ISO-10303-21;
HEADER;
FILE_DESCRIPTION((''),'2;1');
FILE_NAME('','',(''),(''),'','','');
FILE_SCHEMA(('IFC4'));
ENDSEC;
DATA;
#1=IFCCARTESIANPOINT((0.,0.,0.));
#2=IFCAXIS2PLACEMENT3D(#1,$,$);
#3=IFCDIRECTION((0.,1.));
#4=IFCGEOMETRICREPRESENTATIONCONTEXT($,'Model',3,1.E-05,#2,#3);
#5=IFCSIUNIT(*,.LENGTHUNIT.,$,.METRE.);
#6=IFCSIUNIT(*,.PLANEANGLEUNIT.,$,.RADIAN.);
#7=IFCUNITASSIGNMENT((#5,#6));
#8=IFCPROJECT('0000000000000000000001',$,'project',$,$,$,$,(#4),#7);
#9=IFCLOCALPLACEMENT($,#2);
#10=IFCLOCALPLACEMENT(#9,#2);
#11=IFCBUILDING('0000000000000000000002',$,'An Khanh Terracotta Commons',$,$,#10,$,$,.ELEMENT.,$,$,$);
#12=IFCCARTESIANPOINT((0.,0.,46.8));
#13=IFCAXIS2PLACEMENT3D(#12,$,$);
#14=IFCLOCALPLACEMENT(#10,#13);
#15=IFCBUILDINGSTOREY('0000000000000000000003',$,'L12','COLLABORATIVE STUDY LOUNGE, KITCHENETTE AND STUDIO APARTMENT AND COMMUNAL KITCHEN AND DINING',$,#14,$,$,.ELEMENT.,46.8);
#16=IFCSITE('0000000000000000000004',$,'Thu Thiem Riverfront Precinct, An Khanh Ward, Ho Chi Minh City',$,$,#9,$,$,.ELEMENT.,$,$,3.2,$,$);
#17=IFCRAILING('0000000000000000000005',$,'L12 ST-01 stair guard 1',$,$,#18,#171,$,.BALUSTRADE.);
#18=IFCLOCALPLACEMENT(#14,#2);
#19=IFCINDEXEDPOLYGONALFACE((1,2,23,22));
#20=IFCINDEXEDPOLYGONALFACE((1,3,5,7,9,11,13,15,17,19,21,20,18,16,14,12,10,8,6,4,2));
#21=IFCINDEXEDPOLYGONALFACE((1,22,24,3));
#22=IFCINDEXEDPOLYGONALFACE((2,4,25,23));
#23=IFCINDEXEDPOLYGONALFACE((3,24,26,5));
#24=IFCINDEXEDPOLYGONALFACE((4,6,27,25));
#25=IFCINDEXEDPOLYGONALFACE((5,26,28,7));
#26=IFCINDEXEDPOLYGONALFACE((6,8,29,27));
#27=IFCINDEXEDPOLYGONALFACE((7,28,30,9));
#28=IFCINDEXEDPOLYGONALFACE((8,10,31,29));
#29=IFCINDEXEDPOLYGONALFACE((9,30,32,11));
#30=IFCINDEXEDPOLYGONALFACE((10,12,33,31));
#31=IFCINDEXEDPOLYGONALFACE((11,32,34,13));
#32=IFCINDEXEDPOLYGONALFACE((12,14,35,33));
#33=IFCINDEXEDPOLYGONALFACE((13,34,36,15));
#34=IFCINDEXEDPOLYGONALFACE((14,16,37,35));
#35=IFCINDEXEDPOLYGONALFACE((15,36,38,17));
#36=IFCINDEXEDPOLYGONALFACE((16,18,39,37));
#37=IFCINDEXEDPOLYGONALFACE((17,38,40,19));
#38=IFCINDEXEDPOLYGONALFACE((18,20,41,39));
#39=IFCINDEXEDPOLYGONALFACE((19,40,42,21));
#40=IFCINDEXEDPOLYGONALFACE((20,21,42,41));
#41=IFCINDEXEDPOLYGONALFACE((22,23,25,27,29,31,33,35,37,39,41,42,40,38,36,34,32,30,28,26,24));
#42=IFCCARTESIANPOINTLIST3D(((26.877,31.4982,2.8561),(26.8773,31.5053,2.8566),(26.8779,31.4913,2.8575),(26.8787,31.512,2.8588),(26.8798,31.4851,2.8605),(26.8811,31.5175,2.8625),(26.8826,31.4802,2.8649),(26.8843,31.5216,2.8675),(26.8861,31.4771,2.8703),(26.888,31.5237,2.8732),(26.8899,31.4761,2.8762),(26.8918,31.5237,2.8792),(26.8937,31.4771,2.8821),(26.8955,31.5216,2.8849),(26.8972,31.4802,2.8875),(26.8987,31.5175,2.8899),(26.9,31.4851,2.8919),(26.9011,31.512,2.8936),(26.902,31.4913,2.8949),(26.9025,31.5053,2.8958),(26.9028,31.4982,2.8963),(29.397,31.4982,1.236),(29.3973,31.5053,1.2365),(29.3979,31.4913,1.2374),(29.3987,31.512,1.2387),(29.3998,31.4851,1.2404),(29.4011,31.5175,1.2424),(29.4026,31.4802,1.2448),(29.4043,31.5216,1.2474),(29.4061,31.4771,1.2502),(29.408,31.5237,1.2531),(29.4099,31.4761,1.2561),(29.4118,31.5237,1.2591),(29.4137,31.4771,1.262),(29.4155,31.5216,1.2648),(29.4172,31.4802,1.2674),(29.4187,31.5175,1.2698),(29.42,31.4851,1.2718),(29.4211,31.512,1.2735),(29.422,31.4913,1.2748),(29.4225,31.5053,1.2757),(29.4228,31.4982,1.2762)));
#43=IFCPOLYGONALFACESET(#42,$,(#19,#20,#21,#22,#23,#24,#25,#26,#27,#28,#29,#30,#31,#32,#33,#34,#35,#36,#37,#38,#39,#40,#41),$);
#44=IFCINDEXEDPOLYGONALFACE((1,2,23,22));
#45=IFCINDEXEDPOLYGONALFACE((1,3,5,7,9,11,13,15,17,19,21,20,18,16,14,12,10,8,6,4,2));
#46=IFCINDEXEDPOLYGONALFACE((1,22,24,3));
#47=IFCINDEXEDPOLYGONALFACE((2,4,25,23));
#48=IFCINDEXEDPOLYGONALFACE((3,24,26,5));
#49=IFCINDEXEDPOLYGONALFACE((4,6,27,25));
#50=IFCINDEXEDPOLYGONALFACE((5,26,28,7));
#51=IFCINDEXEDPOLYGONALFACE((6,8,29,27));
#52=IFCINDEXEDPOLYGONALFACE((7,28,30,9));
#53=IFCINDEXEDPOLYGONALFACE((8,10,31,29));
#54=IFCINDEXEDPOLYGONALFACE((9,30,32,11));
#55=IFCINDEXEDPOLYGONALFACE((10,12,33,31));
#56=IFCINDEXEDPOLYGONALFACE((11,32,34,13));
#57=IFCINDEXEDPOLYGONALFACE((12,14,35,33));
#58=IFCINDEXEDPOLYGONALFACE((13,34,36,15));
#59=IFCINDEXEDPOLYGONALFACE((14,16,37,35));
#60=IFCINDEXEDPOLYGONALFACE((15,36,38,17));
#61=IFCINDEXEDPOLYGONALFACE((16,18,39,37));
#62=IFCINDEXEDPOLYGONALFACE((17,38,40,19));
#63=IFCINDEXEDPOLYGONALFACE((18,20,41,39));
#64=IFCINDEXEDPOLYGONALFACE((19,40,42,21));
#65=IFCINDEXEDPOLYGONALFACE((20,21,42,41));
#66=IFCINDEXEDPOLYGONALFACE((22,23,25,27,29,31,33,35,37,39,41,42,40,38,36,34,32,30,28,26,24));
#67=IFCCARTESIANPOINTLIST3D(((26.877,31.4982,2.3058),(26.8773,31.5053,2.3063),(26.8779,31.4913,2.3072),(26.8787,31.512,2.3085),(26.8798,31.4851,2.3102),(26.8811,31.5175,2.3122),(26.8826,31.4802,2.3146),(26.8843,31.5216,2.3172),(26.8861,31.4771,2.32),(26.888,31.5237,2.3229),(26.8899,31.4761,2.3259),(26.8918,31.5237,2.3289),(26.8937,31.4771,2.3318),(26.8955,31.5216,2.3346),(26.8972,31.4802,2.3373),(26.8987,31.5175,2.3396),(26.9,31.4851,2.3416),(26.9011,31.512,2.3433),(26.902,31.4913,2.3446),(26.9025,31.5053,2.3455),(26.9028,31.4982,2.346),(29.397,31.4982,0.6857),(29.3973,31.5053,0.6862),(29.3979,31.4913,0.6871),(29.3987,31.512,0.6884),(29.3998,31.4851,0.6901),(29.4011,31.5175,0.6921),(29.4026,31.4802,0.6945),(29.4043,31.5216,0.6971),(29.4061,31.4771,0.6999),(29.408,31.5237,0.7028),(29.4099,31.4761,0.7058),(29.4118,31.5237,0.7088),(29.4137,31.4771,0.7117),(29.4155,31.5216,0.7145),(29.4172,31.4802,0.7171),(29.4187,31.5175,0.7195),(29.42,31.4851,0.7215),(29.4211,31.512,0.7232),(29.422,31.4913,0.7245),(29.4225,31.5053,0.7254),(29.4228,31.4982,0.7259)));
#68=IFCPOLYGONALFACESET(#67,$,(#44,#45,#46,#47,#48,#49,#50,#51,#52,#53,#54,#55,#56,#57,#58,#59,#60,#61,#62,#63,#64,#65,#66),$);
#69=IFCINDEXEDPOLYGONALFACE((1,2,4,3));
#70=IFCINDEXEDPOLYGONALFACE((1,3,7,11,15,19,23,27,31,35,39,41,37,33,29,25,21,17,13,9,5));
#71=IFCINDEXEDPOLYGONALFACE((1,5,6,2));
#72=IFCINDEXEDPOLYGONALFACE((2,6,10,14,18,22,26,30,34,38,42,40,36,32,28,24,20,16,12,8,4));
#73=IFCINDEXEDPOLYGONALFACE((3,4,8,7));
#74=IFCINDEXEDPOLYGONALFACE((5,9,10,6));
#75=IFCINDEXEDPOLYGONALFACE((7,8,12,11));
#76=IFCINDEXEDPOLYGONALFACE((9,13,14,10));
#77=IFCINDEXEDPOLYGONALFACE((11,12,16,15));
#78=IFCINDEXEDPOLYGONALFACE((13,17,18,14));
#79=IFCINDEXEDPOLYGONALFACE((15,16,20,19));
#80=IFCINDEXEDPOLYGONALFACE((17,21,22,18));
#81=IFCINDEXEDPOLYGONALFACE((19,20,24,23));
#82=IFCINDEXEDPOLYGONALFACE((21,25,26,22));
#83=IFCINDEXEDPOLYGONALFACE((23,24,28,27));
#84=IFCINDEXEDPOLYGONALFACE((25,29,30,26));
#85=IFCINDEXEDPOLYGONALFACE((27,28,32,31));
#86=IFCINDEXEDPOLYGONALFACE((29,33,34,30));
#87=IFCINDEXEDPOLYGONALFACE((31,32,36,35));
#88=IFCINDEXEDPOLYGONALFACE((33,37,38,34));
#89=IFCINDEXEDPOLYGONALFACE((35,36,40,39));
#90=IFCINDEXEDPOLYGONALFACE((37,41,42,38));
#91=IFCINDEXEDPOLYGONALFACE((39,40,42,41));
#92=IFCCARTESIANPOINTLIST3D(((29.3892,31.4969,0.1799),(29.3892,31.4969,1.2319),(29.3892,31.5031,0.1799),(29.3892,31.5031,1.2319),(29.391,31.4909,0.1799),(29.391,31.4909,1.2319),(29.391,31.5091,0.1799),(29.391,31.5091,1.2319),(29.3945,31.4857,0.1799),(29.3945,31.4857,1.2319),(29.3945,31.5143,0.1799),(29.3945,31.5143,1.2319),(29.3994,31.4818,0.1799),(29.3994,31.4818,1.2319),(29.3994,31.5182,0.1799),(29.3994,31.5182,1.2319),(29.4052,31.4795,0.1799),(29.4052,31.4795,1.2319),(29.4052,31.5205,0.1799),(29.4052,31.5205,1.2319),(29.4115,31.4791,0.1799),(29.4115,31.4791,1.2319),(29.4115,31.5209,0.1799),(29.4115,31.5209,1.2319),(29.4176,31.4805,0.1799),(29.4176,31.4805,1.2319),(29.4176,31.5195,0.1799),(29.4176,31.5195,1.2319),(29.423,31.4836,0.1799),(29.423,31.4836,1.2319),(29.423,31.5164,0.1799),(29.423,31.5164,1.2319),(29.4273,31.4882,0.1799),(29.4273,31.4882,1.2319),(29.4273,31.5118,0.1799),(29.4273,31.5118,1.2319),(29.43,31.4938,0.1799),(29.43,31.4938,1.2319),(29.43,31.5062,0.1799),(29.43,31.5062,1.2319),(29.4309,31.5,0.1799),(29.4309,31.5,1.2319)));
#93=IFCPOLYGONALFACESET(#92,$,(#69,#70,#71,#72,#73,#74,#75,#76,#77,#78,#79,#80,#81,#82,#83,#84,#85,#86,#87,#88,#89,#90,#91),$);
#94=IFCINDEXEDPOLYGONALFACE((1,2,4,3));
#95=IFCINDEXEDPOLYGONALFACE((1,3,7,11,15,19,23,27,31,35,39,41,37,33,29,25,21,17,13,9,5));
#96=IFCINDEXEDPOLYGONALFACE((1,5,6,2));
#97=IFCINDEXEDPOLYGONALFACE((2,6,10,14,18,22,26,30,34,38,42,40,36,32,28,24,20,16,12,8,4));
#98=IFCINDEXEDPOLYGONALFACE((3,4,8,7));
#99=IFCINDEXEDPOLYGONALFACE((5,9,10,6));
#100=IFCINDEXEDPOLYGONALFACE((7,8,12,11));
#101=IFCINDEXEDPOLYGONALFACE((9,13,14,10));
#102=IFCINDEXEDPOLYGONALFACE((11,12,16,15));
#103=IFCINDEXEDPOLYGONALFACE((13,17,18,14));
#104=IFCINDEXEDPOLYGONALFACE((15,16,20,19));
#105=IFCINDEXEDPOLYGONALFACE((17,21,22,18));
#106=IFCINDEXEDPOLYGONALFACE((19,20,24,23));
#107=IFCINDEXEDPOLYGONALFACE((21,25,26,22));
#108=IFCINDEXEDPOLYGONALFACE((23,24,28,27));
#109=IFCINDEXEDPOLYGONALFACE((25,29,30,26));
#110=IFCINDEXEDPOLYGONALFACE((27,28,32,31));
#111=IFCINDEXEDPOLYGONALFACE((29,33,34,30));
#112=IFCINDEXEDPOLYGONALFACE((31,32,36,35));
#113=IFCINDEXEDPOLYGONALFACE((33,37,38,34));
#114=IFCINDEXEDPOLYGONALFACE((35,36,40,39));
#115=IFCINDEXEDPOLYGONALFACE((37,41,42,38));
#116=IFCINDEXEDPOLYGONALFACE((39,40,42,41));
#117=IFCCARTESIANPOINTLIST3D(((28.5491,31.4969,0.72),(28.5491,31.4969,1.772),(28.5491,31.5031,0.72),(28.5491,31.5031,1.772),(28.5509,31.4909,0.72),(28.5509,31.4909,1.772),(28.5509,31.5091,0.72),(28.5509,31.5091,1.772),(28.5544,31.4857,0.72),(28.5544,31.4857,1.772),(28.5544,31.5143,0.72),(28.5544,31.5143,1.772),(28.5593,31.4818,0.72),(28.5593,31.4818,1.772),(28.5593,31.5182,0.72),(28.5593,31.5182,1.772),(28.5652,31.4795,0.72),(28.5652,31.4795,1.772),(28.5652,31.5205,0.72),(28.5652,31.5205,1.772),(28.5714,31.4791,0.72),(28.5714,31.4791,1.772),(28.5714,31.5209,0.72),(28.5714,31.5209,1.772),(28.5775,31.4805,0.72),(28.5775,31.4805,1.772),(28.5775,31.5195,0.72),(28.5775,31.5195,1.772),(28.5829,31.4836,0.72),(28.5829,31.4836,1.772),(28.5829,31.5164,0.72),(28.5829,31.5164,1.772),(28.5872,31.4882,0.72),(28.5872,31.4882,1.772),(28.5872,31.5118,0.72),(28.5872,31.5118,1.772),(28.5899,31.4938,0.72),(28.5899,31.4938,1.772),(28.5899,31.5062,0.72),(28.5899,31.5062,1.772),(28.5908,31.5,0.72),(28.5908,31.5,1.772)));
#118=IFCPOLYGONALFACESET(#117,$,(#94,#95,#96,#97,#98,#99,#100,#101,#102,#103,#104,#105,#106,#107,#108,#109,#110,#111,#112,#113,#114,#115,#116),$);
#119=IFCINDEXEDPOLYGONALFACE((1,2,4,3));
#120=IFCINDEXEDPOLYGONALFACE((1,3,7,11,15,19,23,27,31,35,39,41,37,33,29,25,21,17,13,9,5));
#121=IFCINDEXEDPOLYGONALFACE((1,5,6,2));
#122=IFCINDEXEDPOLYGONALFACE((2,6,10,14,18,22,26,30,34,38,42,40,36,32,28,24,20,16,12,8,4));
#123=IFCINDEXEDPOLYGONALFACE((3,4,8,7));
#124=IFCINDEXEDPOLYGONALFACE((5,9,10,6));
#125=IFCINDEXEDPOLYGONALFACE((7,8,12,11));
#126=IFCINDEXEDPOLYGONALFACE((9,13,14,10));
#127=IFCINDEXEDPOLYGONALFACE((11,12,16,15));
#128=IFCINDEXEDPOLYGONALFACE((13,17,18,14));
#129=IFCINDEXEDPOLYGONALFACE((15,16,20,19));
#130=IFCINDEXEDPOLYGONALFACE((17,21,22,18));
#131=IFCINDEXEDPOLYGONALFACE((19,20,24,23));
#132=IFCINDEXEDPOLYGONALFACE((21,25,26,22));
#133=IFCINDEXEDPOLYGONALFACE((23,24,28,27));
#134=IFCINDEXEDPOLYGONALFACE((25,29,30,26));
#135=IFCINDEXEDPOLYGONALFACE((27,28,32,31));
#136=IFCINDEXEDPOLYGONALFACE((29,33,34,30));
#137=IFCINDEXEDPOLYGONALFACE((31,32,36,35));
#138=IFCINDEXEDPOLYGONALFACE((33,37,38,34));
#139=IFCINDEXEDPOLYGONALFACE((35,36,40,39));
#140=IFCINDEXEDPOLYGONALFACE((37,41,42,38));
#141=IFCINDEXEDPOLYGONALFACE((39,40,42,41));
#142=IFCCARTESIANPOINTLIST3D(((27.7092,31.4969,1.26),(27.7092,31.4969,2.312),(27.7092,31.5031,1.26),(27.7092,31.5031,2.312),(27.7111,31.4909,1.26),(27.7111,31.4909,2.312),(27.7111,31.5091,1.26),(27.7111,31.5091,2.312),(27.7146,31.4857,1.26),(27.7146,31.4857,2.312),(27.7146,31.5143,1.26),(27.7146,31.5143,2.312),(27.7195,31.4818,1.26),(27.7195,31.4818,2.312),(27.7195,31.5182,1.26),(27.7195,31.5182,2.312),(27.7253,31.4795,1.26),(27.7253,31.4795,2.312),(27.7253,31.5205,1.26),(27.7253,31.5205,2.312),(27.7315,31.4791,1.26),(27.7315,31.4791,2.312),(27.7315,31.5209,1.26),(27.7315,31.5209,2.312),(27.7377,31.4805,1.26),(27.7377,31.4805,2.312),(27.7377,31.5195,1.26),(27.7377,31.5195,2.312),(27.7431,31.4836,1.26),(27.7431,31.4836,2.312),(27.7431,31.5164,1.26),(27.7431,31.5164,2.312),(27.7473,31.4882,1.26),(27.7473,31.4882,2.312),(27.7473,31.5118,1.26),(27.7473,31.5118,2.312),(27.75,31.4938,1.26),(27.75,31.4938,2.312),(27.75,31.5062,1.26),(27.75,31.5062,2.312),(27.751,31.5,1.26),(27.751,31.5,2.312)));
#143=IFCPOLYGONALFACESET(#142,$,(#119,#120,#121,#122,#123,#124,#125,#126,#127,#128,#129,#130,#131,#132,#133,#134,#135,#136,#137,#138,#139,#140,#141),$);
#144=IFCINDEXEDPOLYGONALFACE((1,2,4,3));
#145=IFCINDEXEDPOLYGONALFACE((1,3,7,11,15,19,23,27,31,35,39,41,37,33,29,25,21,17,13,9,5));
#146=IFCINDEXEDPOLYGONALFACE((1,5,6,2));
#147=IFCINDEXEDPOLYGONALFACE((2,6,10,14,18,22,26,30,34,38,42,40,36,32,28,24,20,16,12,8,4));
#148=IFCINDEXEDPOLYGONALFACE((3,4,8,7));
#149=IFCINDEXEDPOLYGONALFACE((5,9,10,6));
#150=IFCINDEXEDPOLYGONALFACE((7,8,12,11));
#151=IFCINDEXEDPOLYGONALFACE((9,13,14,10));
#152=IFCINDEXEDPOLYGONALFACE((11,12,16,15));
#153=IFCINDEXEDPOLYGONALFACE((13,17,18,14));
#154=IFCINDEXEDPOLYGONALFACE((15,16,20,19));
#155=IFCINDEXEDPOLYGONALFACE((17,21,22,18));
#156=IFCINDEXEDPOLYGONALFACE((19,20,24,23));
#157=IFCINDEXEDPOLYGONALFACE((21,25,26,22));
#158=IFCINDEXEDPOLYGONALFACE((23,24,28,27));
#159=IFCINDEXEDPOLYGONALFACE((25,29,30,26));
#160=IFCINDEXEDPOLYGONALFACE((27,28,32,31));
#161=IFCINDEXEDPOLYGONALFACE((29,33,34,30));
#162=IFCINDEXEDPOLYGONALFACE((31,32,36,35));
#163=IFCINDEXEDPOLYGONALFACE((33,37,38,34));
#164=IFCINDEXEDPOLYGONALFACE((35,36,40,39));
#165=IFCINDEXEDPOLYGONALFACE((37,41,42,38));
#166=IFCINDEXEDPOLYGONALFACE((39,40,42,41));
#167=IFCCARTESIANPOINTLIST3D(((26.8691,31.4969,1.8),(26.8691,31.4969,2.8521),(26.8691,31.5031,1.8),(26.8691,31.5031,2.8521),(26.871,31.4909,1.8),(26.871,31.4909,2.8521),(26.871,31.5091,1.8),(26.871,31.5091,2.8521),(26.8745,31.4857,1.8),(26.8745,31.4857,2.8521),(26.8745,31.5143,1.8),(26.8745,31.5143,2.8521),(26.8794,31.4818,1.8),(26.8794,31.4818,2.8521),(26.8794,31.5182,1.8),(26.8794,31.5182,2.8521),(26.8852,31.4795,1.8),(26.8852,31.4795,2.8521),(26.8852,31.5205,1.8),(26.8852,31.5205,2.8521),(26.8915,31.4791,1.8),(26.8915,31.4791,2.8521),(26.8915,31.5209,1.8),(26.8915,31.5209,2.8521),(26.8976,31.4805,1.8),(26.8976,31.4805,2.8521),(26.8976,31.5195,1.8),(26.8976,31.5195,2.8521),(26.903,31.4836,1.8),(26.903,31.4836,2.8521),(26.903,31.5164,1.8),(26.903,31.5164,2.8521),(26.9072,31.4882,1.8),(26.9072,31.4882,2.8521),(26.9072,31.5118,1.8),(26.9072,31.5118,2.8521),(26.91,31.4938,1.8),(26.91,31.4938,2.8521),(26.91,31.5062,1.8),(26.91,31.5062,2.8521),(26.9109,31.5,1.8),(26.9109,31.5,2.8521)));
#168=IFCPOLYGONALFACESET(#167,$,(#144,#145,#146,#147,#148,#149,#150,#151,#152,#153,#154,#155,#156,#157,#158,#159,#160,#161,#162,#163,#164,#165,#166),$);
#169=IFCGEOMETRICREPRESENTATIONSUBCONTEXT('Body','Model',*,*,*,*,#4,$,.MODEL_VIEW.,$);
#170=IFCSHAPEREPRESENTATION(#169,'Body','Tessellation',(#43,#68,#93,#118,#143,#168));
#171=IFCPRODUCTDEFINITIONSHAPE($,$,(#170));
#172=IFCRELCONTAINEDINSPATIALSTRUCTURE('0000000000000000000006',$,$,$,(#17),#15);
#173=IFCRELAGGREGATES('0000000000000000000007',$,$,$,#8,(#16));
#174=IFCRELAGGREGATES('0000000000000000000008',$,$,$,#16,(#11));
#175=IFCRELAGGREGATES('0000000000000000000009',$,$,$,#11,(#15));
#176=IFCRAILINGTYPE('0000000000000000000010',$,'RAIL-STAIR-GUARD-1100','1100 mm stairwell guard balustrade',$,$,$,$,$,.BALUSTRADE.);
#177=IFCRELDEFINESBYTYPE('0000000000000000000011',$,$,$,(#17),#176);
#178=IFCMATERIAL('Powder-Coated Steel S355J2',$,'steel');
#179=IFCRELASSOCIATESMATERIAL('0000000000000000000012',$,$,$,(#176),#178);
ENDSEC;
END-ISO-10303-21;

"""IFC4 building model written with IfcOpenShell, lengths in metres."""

from ifc_helpers import new_model, si_unit, direction, frame, origin, origin_2d, place, context, subcontext, project, spatial, circle, extrude, material, type_object, element, save


model = new_model("IFC4")

# Units and contexts
model_context = context("Model", 3, precision=1e-05, world=origin(), true_north=direction((0.0, 1.0)))
body_context = subcontext(model_context, "Body", "Model", "MODEL_VIEW")
ifc_project = project(units=[si_unit("LENGTHUNIT", "METRE"), si_unit("PLANEANGLEUNIT", "RADIAN")], contexts=[model_context])

# Site, building, storey
site_placement = place(None, origin())
site = spatial("IfcSite", under=ifc_project, at=site_placement, Name="Thu Thiem Riverfront Precinct, An Khanh Ward, Ho Chi Minh City", CompositionType="ELEMENT", RefElevation=3.2)
building_placement = place(site_placement, origin())
building = spatial("IfcBuilding", under=site, at=building_placement, Name="An Khanh Terracotta Commons", CompositionType="ELEMENT")
storey_placement = place(building_placement, frame((0.0, 0.0, 46.8)))
storey = spatial("IfcBuildingStorey", under=building, at=storey_placement, Name="L12", Description="COLLABORATIVE STUDY LOUNGE, KITCHENETTE AND STUDIO APARTMENT AND COMMUNAL KITCHEN AND DINING", CompositionType="ELEMENT", Elevation=46.8)

# Railing
ifc_material_1 = material(Name="Powder-Coated Steel S355J2", Category="steel")
railing_type_1 = type_object("IfcRailingType", Name="RAIL-STAIR-GUARD-1100", Description="1100 mm stairwell guard balustrade", PredefinedType="BALUSTRADE", material=ifc_material_1)
railing_1_placement = place(storey_placement, frame((29.4099, 31.5, 0.1799)))
element("IfcRailing", 1, at=railing_1_placement, inside=storey, type_object=railing_type_1, Name="L12 ST-01 stair guard 1", PredefinedType="BALUSTRADE", context=body_context, shape_type="SweptSolid", body=[
    extrude(circle(Radius=0.0239, at=origin_2d()), frame((0.0, 0.0, 1.0762), z_axis=(-0.841163, 0.0, 0.540782), x_axis=(0.0, -1.0, 0.0)), (0.0, 0.0, 1.0), 2.9958),
    extrude(circle(Radius=0.0239, at=origin_2d()), frame((0.0, 0.0, 0.5259), z_axis=(-0.841163, 0.0, 0.540782), x_axis=(0.0, -1.0, 0.0)), (0.0, 0.0, 1.0), 2.9958),
    extrude(circle(Radius=0.021, at=origin_2d()), origin(), (0.0, 0.0, 1.0), 1.052),
    extrude(circle(Radius=0.021, at=origin_2d()), frame((-0.8401, 0.0, 0.54)), (0.0, 0.0, 1.0), 1.052),
    extrude(circle(Radius=0.021, at=origin_2d()), frame((-1.6799, 0.0, 1.0801)), (0.0, 0.0, 1.0), 1.052),
    extrude(circle(Radius=0.021, at=origin_2d()), frame((-2.52, 0.0, 1.6201)), (0.0, 0.0, 1.0), 1.052),
])

save(model, "model.ifc")
